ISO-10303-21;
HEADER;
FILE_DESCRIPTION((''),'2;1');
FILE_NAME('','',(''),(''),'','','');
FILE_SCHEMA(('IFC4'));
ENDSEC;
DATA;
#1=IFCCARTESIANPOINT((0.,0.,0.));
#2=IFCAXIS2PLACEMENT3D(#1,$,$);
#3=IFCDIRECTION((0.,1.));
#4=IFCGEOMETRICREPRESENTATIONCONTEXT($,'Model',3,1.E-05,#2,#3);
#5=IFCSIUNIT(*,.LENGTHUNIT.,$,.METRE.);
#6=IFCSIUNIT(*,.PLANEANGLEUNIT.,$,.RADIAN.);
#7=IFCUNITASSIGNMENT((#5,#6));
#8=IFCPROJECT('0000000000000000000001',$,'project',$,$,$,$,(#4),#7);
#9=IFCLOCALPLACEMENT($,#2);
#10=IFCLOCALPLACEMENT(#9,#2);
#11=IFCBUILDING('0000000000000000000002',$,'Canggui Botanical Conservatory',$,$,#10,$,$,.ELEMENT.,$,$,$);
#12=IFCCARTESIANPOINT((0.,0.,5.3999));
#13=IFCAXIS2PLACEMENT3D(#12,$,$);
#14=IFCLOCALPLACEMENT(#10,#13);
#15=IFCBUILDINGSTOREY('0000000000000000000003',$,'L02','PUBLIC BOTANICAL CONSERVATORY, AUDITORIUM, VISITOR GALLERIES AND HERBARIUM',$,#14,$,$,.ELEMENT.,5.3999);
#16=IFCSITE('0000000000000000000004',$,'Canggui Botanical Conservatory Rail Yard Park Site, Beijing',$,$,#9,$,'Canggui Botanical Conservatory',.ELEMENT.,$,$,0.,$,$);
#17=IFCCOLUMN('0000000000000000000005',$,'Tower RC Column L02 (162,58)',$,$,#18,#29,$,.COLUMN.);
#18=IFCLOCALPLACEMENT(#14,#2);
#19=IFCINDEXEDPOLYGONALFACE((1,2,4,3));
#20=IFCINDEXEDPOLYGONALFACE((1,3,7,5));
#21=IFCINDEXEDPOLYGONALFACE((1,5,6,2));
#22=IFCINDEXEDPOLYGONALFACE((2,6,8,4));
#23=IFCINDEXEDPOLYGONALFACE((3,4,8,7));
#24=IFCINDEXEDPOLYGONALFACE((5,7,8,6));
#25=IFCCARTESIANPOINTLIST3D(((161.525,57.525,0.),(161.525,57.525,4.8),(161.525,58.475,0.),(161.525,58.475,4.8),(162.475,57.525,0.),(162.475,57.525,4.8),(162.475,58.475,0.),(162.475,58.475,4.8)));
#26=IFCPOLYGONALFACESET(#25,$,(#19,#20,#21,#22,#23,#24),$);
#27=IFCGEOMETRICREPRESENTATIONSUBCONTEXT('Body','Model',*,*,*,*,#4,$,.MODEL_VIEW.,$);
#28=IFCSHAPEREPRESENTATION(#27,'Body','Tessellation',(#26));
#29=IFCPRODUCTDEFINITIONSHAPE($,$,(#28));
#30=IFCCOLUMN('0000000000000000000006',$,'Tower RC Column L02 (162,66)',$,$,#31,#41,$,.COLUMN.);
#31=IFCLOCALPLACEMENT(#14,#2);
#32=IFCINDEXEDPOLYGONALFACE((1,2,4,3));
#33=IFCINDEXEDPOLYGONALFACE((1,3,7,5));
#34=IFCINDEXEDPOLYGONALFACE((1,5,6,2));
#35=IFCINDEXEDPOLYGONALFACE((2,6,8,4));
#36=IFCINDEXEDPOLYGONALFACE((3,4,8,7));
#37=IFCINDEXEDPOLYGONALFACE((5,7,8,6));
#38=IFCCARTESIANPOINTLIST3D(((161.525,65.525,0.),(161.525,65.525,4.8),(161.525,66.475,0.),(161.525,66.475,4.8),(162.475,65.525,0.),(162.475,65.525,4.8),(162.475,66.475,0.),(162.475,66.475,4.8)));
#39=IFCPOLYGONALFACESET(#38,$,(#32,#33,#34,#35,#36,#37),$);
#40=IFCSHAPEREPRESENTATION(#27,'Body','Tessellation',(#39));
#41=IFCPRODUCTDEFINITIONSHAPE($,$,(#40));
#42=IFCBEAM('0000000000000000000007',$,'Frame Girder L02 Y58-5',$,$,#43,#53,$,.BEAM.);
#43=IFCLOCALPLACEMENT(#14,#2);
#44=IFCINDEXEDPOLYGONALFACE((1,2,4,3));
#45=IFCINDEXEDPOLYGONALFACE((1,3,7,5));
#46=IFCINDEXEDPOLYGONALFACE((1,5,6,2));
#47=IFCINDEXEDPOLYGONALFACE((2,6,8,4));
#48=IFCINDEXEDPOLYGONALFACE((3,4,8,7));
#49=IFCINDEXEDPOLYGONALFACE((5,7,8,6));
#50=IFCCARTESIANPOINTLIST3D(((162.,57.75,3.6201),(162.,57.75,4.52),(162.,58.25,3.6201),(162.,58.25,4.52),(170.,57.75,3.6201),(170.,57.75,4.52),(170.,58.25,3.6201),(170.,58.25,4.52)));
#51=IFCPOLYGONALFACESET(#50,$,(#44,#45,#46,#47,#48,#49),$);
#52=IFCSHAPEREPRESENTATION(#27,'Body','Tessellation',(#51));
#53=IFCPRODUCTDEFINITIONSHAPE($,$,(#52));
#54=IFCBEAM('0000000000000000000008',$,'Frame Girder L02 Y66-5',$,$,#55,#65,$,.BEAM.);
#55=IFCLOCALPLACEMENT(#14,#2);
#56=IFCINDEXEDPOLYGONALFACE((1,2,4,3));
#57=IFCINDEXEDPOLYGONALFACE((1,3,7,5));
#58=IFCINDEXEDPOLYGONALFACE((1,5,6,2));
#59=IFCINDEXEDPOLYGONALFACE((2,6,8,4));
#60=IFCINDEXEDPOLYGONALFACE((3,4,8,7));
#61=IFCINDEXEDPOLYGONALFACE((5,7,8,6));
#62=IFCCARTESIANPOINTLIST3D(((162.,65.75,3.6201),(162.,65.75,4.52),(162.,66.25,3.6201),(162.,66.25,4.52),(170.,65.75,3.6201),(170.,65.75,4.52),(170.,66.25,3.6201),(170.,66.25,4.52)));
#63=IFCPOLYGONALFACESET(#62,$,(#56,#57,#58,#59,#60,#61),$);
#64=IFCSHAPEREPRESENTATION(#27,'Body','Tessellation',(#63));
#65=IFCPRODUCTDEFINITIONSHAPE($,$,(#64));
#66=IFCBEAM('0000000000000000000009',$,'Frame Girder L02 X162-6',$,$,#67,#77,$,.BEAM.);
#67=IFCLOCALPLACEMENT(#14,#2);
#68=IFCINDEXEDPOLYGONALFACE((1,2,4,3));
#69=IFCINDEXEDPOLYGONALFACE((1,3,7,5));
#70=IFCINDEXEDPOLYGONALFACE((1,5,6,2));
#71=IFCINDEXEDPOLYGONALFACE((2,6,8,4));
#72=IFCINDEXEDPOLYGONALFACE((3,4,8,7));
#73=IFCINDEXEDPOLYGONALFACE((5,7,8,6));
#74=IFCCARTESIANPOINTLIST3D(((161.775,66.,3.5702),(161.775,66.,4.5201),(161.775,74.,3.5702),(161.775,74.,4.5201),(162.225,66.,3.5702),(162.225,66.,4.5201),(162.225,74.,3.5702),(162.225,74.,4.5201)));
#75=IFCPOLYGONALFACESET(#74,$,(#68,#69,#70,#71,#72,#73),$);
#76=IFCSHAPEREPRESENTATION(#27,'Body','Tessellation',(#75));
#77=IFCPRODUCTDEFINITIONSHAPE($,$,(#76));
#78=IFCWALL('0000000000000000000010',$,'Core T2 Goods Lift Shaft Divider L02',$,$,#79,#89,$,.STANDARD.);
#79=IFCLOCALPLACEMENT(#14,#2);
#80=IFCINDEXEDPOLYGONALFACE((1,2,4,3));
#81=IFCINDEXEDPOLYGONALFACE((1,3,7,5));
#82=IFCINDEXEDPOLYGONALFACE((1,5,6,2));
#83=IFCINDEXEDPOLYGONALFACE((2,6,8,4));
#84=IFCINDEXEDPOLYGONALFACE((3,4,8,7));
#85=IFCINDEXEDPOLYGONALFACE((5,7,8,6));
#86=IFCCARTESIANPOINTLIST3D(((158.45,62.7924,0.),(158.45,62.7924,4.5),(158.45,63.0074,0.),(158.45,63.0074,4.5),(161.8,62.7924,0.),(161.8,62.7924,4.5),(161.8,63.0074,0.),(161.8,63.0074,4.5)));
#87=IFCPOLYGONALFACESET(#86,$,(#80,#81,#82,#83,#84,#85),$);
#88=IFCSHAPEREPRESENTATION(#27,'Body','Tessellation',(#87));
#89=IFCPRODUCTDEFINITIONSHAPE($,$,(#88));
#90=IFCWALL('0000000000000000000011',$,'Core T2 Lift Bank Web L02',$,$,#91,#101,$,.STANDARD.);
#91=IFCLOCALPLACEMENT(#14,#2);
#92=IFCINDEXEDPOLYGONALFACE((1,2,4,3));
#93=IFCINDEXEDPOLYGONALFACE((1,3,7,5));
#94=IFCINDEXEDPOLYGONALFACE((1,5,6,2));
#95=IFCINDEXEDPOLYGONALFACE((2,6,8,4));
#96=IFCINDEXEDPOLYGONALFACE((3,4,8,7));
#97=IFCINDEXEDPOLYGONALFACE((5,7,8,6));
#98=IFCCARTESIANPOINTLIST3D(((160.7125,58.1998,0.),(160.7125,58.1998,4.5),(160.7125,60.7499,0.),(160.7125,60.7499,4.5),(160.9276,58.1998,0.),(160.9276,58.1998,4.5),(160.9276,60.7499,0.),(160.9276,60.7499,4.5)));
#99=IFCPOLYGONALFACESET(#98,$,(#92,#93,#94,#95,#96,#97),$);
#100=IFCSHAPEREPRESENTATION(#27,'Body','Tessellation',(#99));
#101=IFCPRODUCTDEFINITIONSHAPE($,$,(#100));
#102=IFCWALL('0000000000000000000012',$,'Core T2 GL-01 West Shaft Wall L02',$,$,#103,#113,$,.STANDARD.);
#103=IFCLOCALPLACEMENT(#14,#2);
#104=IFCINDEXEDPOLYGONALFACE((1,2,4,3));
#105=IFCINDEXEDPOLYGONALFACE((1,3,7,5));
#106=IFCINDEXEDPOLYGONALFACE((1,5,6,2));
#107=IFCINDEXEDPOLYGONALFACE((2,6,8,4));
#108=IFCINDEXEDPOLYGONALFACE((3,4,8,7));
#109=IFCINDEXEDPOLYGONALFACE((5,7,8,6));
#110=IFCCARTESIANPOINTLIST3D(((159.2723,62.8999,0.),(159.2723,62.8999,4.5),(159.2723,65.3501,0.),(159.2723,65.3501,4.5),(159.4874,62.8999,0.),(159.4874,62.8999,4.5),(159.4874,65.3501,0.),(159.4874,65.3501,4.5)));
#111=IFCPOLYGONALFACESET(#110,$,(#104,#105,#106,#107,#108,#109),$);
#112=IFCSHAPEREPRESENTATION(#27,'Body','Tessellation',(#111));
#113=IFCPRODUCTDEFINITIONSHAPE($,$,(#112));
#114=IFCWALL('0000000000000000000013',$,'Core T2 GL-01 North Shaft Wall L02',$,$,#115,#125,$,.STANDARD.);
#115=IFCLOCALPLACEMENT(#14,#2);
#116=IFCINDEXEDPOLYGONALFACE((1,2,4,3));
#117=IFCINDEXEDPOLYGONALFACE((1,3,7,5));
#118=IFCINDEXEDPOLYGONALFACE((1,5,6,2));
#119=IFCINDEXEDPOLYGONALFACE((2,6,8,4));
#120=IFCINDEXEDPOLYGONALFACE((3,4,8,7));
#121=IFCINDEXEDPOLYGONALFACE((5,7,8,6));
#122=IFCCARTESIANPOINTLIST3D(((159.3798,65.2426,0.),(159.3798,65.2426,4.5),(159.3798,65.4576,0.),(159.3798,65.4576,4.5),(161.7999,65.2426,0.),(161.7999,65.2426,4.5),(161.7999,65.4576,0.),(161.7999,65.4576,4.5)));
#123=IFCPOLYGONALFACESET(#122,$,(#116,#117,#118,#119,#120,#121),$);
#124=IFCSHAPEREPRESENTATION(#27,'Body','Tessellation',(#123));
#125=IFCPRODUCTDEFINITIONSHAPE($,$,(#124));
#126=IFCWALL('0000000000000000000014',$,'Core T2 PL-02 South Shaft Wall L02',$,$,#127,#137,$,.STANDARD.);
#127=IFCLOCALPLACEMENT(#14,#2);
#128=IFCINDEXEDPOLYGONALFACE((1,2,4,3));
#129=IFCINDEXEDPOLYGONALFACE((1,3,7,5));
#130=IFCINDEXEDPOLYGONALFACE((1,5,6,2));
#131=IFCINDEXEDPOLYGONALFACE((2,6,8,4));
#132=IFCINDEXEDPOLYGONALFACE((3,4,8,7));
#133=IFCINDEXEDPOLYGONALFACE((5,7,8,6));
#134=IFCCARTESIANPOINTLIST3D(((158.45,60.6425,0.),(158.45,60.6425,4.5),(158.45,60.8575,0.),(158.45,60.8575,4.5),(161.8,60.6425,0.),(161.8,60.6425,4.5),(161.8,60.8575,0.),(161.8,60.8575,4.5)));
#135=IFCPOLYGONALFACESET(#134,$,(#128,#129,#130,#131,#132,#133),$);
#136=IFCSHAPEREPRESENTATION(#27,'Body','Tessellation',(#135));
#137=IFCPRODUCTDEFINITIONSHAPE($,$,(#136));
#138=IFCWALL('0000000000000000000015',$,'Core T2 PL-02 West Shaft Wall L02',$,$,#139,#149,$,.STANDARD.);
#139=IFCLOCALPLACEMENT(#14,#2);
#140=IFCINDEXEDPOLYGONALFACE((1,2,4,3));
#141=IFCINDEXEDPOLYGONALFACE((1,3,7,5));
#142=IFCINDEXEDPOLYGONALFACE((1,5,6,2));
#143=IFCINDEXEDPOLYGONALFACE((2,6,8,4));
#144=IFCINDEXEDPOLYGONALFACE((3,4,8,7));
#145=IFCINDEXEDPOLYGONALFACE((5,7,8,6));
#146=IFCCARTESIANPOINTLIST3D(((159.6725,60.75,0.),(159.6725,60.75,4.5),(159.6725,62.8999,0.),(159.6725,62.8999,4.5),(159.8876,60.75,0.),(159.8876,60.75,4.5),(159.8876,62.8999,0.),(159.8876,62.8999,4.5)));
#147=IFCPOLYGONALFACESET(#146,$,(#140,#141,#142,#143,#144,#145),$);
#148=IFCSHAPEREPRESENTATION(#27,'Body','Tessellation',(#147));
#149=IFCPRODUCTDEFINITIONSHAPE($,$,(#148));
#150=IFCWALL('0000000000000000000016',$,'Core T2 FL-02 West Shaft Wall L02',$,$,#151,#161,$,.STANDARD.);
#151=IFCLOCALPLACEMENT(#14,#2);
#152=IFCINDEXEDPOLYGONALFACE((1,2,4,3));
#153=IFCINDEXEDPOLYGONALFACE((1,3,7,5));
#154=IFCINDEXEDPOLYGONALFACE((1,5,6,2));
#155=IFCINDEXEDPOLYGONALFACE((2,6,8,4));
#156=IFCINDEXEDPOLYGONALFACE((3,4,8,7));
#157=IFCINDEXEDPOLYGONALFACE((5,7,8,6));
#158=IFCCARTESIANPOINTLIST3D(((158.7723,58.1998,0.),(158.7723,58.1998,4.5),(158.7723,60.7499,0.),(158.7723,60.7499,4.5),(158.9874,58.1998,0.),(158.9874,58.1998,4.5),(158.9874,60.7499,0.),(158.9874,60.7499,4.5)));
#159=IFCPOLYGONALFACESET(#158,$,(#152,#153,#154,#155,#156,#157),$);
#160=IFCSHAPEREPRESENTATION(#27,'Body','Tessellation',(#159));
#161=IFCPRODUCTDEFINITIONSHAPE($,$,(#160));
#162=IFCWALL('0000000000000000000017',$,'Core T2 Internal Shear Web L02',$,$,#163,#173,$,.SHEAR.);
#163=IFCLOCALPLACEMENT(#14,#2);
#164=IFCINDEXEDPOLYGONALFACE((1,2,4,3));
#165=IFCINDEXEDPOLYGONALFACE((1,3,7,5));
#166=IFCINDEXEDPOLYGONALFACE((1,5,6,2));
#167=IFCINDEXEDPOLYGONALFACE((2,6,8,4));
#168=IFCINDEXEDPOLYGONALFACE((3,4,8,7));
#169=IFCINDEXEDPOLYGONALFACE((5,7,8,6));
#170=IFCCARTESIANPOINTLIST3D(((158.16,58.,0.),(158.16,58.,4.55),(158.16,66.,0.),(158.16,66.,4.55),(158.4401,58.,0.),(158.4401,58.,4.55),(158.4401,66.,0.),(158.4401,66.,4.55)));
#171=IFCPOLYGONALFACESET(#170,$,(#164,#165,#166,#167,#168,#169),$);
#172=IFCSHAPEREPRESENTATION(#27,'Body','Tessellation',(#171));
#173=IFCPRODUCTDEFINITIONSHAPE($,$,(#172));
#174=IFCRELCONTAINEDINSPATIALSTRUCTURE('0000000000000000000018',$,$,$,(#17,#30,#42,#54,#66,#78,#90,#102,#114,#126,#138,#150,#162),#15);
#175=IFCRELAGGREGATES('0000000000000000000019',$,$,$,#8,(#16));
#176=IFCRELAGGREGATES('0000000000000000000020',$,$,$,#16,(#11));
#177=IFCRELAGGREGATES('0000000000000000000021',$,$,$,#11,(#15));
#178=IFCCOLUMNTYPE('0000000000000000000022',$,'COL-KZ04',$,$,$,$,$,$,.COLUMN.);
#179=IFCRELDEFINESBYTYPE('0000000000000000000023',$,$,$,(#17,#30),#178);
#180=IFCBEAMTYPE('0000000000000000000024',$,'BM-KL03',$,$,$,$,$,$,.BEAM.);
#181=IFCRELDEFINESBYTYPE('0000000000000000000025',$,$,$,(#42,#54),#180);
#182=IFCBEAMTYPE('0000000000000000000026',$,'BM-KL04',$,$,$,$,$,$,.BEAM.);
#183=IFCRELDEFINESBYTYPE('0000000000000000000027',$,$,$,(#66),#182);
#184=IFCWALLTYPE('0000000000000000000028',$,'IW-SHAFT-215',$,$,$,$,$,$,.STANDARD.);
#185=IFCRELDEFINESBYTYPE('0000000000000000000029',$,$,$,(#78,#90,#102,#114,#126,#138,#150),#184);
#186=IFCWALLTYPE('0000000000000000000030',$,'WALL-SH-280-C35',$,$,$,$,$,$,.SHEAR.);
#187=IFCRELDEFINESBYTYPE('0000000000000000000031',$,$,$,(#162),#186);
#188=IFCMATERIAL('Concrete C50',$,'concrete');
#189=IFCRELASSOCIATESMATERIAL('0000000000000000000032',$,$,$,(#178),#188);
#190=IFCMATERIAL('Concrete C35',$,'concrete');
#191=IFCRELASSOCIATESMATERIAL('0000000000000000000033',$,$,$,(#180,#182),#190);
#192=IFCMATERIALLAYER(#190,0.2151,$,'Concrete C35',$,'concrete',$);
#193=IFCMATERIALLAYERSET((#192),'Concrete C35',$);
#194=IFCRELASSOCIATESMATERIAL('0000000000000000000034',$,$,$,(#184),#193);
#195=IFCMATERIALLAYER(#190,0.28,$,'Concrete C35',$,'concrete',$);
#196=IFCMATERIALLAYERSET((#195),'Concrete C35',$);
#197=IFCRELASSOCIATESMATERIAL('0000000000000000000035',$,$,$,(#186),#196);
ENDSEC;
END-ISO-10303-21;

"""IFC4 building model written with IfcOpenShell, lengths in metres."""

from ifc_helpers import new_model, si_unit, direction, frame, frame_2d, origin, origin_2d, place, context, subcontext, project, spatial, rectangle, extrude, material, layer, layer_set, material_profile, profile_set, type_object, element, save


model = new_model("IFC4")

# Units and contexts
model_context = context("Model", 3, precision=1e-05, world=origin(), true_north=direction((0.0, 1.0)))
body_context = subcontext(model_context, "Body", "Model", "MODEL_VIEW")
ifc_project = project(units=[si_unit("LENGTHUNIT", "METRE"), si_unit("PLANEANGLEUNIT", "RADIAN")], contexts=[model_context])

# Site, building, storey
site_placement = place(None, origin())
site = spatial("IfcSite", under=ifc_project, at=site_placement, Name="Canggui Botanical Conservatory Rail Yard Park Site, Beijing", LongName="Canggui Botanical Conservatory", CompositionType="ELEMENT", RefElevation=0.0)
building_placement = place(site_placement, origin())
building = spatial("IfcBuilding", under=site, at=building_placement, Name="Canggui Botanical Conservatory", CompositionType="ELEMENT")
storey_placement = place(building_placement, frame((0.0, 0.0, 5.3999)))
storey = spatial("IfcBuildingStorey", under=building, at=storey_placement, Name="L02", Description="PUBLIC BOTANICAL CONSERVATORY, AUDITORIUM, VISITOR GALLERIES AND HERBARIUM", CompositionType="ELEMENT", Elevation=5.3999)

# Columns
ifc_material_1 = material(Name="Concrete C50", Category="concrete")
ifc_material_profile_1 = material_profile(ifc_material_1, rectangle(XDim=0.95, YDim=0.95, at=origin_2d()), Name="RC 950x950")
ifc_profile_set_1 = profile_set([ifc_material_profile_1], Name="Concrete C50")
column_type = type_object("IfcColumnType", Name="COL-KZ04", PredefinedType="COLUMN", material=ifc_profile_set_1)
for number, where, z_axis, x_axis, name in (
    (1, (162.0, 58.0, 0.0), (0.0, 0.0, 1.0), (1.0, 0.0, 0.0), "Tower RC Column L02 (162,58)"),
    (2, (162.0, 66.0, 0.0), (0.0, 0.0, 1.0), (1.0, 0.0, 0.0), "Tower RC Column L02 (162,66)"),
):
    element("IfcColumn", number, at=place(storey_placement, frame(where, z_axis=z_axis, x_axis=x_axis)), inside=storey, type_object=column_type, Name=name, PredefinedType="COLUMN", context=body_context, shape_type="SweptSolid", body=[
        extrude(rectangle(XDim=0.95, YDim=0.95, at=origin_2d()), origin(), (0.0, 0.0, 1.0), 4.8),
    ])

# Beams
ifc_material_2 = material(Name="Concrete C35", Category="concrete")
ifc_material_profile_2 = material_profile(ifc_material_2, rectangle(XDim=0.5, YDim=0.8999, at=origin_2d()), Name="RB 500x900")
ifc_profile_set_2 = profile_set([ifc_material_profile_2], Name="Concrete C35")
beam_type_1 = type_object("IfcBeamType", Name="BM-KL03", PredefinedType="BEAM", material=ifc_profile_set_2)
for number, where, z_axis, x_axis, name in (
    (3, (162.0, 58.0, 4.0701), (1.0, 0.0, 0.0), (0.0, 1.0, 0.0), "Frame Girder L02 Y58-5"),
    (4, (162.0, 66.0, 4.0701), (1.0, 0.0, 0.0), (0.0, 1.0, 0.0), "Frame Girder L02 Y66-5"),
):
    element("IfcBeam", number, at=place(storey_placement, frame(where, z_axis=z_axis, x_axis=x_axis)), inside=storey, type_object=beam_type_1, Name=name, PredefinedType="BEAM", context=body_context, shape_type="SweptSolid", body=[
        extrude(rectangle(XDim=0.5, YDim=0.8999, at=origin_2d()), origin(), (0.0, 0.0, 1.0), 8.0),
    ])
ifc_material_profile_3 = material_profile(ifc_material_2, rectangle(XDim=0.45, YDim=0.95, at=origin_2d()), Name="RB 450x950")
ifc_profile_set_3 = profile_set([ifc_material_profile_3], Name="Concrete C35")
beam_type_2 = type_object("IfcBeamType", Name="BM-KL04", PredefinedType="BEAM", material=ifc_profile_set_3)
beam_placement = place(storey_placement, frame((162.0, 66.0, 4.0452), z_axis=(0.0, 1.0, 0.0), x_axis=(-1.0, 0.0, 0.0)))
element("IfcBeam", 5, at=beam_placement, inside=storey, type_object=beam_type_2, Name="Frame Girder L02 X162-6", PredefinedType="BEAM", context=body_context, shape_type="SweptSolid", body=[
    extrude(rectangle(XDim=0.45, YDim=0.95, at=origin_2d()), origin(), (0.0, 0.0, 1.0), 8.0),
])

# Walls
ifc_layer_1 = layer(ifc_material_2, 0.2151, Name="Concrete C35", Category="concrete")
ifc_layer_set_1 = layer_set([ifc_layer_1], Name="Concrete C35")
wall_type_1 = type_object("IfcWallType", Name="IW-SHAFT-215", PredefinedType="STANDARD", material=ifc_layer_set_1)
wall_1_placement = place(storey_placement, frame((158.45, 62.8999, 0.0), z_axis=(0.0, 0.0, 1.0), x_axis=(1.0, 0.0, 0.0)))
element("IfcWall", 6, at=wall_1_placement, inside=storey, type_object=wall_type_1, Name="Core T2 Goods Lift Shaft Divider L02", PredefinedType="STANDARD", context=body_context, shape_type="SweptSolid", body=[
    extrude(rectangle(XDim=3.3501, YDim=0.2151, at=frame_2d((1.675, 0.0))), origin(), (0.0, 0.0, 1.0), 4.5),
])
wall_2_placement = place(storey_placement, frame((160.8201, 58.2, 0.0), z_axis=(0.0, 0.0, 1.0), x_axis=(0.0, 1.0, 0.0)))
element("IfcWall", 7, at=wall_2_placement, inside=storey, type_object=wall_type_1, Name="Core T2 Lift Bank Web L02", PredefinedType="STANDARD", context=body_context, shape_type="SweptSolid", body=[
    extrude(rectangle(XDim=2.55, YDim=0.2151, at=frame_2d((1.2749, 0.0))), origin(), (0.0, 0.0, 1.0), 4.5),
])
wall_3_placement = place(storey_placement, frame((159.3799, 62.8999, 0.0), z_axis=(0.0, 0.0, 1.0), x_axis=(0.0, 1.0, 0.0)))
element("IfcWall", 8, at=wall_3_placement, inside=storey, type_object=wall_type_1, Name="Core T2 GL-01 West Shaft Wall L02", PredefinedType="STANDARD", context=body_context, shape_type="SweptSolid", body=[
    extrude(rectangle(XDim=2.4502, YDim=0.2151, at=frame_2d((1.2251, 0.0))), origin(), (0.0, 0.0, 1.0), 4.5),
])
wall_4_placement = place(storey_placement, frame((159.3799, 65.3501, 0.0), z_axis=(0.0, 0.0, 1.0), x_axis=(1.0, 0.0, 0.0)))
element("IfcWall", 9, at=wall_4_placement, inside=storey, type_object=wall_type_1, Name="Core T2 GL-01 North Shaft Wall L02", PredefinedType="STANDARD", context=body_context, shape_type="SweptSolid", body=[
    extrude(rectangle(XDim=2.4202, YDim=0.2151, at=frame_2d((1.21, 0.0))), origin(), (0.0, 0.0, 1.0), 4.5),
])
wall_5_placement = place(storey_placement, frame((158.45, 60.75, 0.0), z_axis=(0.0, 0.0, 1.0), x_axis=(1.0, 0.0, 0.0)))
element("IfcWall", 10, at=wall_5_placement, inside=storey, type_object=wall_type_1, Name="Core T2 PL-02 South Shaft Wall L02", PredefinedType="STANDARD", context=body_context, shape_type="SweptSolid", body=[
    extrude(rectangle(XDim=3.3501, YDim=0.2151, at=frame_2d((1.675, 0.0))), origin(), (0.0, 0.0, 1.0), 4.5),
])
wall_6_placement = place(storey_placement, frame((159.78, 60.75, 0.0), z_axis=(0.0, 0.0, 1.0), x_axis=(0.0, 1.0, 0.0)))
element("IfcWall", 11, at=wall_6_placement, inside=storey, type_object=wall_type_1, Name="Core T2 PL-02 West Shaft Wall L02", PredefinedType="STANDARD", context=body_context, shape_type="SweptSolid", body=[
    extrude(rectangle(XDim=2.1499, YDim=0.2151, at=frame_2d((1.075, 0.0))), origin(), (0.0, 0.0, 1.0), 4.5),
])
wall_7_placement = place(storey_placement, frame((158.8799, 58.2, 0.0), z_axis=(0.0, 0.0, 1.0), x_axis=(0.0, 1.0, 0.0)))
element("IfcWall", 12, at=wall_7_placement, inside=storey, type_object=wall_type_1, Name="Core T2 FL-02 West Shaft Wall L02", PredefinedType="STANDARD", context=body_context, shape_type="SweptSolid", body=[
    extrude(rectangle(XDim=2.55, YDim=0.2151, at=frame_2d((1.2749, 0.0))), origin(), (0.0, 0.0, 1.0), 4.5),
])
ifc_layer_2 = layer(ifc_material_2, 0.28, Name="Concrete C35", Category="concrete")
ifc_layer_set_2 = layer_set([ifc_layer_2], Name="Concrete C35")
wall_type_2 = type_object("IfcWallType", Name="WALL-SH-280-C35", PredefinedType="SHEAR", material=ifc_layer_set_2)
wall_8_placement = place(storey_placement, frame((158.3, 58.0, 0.0), z_axis=(0.0, 0.0, 1.0), x_axis=(0.0, 1.0, 0.0)))
element("IfcWall", 13, at=wall_8_placement, inside=storey, type_object=wall_type_2, Name="Core T2 Internal Shear Web L02", PredefinedType="SHEAR", context=body_context, shape_type="SweptSolid", body=[
    extrude(rectangle(XDim=8.0, YDim=0.28, at=frame_2d((4.0, 0.0))), origin(), (0.0, 0.0, 1.0), 4.55),
])

save(model, "model.ifc")
